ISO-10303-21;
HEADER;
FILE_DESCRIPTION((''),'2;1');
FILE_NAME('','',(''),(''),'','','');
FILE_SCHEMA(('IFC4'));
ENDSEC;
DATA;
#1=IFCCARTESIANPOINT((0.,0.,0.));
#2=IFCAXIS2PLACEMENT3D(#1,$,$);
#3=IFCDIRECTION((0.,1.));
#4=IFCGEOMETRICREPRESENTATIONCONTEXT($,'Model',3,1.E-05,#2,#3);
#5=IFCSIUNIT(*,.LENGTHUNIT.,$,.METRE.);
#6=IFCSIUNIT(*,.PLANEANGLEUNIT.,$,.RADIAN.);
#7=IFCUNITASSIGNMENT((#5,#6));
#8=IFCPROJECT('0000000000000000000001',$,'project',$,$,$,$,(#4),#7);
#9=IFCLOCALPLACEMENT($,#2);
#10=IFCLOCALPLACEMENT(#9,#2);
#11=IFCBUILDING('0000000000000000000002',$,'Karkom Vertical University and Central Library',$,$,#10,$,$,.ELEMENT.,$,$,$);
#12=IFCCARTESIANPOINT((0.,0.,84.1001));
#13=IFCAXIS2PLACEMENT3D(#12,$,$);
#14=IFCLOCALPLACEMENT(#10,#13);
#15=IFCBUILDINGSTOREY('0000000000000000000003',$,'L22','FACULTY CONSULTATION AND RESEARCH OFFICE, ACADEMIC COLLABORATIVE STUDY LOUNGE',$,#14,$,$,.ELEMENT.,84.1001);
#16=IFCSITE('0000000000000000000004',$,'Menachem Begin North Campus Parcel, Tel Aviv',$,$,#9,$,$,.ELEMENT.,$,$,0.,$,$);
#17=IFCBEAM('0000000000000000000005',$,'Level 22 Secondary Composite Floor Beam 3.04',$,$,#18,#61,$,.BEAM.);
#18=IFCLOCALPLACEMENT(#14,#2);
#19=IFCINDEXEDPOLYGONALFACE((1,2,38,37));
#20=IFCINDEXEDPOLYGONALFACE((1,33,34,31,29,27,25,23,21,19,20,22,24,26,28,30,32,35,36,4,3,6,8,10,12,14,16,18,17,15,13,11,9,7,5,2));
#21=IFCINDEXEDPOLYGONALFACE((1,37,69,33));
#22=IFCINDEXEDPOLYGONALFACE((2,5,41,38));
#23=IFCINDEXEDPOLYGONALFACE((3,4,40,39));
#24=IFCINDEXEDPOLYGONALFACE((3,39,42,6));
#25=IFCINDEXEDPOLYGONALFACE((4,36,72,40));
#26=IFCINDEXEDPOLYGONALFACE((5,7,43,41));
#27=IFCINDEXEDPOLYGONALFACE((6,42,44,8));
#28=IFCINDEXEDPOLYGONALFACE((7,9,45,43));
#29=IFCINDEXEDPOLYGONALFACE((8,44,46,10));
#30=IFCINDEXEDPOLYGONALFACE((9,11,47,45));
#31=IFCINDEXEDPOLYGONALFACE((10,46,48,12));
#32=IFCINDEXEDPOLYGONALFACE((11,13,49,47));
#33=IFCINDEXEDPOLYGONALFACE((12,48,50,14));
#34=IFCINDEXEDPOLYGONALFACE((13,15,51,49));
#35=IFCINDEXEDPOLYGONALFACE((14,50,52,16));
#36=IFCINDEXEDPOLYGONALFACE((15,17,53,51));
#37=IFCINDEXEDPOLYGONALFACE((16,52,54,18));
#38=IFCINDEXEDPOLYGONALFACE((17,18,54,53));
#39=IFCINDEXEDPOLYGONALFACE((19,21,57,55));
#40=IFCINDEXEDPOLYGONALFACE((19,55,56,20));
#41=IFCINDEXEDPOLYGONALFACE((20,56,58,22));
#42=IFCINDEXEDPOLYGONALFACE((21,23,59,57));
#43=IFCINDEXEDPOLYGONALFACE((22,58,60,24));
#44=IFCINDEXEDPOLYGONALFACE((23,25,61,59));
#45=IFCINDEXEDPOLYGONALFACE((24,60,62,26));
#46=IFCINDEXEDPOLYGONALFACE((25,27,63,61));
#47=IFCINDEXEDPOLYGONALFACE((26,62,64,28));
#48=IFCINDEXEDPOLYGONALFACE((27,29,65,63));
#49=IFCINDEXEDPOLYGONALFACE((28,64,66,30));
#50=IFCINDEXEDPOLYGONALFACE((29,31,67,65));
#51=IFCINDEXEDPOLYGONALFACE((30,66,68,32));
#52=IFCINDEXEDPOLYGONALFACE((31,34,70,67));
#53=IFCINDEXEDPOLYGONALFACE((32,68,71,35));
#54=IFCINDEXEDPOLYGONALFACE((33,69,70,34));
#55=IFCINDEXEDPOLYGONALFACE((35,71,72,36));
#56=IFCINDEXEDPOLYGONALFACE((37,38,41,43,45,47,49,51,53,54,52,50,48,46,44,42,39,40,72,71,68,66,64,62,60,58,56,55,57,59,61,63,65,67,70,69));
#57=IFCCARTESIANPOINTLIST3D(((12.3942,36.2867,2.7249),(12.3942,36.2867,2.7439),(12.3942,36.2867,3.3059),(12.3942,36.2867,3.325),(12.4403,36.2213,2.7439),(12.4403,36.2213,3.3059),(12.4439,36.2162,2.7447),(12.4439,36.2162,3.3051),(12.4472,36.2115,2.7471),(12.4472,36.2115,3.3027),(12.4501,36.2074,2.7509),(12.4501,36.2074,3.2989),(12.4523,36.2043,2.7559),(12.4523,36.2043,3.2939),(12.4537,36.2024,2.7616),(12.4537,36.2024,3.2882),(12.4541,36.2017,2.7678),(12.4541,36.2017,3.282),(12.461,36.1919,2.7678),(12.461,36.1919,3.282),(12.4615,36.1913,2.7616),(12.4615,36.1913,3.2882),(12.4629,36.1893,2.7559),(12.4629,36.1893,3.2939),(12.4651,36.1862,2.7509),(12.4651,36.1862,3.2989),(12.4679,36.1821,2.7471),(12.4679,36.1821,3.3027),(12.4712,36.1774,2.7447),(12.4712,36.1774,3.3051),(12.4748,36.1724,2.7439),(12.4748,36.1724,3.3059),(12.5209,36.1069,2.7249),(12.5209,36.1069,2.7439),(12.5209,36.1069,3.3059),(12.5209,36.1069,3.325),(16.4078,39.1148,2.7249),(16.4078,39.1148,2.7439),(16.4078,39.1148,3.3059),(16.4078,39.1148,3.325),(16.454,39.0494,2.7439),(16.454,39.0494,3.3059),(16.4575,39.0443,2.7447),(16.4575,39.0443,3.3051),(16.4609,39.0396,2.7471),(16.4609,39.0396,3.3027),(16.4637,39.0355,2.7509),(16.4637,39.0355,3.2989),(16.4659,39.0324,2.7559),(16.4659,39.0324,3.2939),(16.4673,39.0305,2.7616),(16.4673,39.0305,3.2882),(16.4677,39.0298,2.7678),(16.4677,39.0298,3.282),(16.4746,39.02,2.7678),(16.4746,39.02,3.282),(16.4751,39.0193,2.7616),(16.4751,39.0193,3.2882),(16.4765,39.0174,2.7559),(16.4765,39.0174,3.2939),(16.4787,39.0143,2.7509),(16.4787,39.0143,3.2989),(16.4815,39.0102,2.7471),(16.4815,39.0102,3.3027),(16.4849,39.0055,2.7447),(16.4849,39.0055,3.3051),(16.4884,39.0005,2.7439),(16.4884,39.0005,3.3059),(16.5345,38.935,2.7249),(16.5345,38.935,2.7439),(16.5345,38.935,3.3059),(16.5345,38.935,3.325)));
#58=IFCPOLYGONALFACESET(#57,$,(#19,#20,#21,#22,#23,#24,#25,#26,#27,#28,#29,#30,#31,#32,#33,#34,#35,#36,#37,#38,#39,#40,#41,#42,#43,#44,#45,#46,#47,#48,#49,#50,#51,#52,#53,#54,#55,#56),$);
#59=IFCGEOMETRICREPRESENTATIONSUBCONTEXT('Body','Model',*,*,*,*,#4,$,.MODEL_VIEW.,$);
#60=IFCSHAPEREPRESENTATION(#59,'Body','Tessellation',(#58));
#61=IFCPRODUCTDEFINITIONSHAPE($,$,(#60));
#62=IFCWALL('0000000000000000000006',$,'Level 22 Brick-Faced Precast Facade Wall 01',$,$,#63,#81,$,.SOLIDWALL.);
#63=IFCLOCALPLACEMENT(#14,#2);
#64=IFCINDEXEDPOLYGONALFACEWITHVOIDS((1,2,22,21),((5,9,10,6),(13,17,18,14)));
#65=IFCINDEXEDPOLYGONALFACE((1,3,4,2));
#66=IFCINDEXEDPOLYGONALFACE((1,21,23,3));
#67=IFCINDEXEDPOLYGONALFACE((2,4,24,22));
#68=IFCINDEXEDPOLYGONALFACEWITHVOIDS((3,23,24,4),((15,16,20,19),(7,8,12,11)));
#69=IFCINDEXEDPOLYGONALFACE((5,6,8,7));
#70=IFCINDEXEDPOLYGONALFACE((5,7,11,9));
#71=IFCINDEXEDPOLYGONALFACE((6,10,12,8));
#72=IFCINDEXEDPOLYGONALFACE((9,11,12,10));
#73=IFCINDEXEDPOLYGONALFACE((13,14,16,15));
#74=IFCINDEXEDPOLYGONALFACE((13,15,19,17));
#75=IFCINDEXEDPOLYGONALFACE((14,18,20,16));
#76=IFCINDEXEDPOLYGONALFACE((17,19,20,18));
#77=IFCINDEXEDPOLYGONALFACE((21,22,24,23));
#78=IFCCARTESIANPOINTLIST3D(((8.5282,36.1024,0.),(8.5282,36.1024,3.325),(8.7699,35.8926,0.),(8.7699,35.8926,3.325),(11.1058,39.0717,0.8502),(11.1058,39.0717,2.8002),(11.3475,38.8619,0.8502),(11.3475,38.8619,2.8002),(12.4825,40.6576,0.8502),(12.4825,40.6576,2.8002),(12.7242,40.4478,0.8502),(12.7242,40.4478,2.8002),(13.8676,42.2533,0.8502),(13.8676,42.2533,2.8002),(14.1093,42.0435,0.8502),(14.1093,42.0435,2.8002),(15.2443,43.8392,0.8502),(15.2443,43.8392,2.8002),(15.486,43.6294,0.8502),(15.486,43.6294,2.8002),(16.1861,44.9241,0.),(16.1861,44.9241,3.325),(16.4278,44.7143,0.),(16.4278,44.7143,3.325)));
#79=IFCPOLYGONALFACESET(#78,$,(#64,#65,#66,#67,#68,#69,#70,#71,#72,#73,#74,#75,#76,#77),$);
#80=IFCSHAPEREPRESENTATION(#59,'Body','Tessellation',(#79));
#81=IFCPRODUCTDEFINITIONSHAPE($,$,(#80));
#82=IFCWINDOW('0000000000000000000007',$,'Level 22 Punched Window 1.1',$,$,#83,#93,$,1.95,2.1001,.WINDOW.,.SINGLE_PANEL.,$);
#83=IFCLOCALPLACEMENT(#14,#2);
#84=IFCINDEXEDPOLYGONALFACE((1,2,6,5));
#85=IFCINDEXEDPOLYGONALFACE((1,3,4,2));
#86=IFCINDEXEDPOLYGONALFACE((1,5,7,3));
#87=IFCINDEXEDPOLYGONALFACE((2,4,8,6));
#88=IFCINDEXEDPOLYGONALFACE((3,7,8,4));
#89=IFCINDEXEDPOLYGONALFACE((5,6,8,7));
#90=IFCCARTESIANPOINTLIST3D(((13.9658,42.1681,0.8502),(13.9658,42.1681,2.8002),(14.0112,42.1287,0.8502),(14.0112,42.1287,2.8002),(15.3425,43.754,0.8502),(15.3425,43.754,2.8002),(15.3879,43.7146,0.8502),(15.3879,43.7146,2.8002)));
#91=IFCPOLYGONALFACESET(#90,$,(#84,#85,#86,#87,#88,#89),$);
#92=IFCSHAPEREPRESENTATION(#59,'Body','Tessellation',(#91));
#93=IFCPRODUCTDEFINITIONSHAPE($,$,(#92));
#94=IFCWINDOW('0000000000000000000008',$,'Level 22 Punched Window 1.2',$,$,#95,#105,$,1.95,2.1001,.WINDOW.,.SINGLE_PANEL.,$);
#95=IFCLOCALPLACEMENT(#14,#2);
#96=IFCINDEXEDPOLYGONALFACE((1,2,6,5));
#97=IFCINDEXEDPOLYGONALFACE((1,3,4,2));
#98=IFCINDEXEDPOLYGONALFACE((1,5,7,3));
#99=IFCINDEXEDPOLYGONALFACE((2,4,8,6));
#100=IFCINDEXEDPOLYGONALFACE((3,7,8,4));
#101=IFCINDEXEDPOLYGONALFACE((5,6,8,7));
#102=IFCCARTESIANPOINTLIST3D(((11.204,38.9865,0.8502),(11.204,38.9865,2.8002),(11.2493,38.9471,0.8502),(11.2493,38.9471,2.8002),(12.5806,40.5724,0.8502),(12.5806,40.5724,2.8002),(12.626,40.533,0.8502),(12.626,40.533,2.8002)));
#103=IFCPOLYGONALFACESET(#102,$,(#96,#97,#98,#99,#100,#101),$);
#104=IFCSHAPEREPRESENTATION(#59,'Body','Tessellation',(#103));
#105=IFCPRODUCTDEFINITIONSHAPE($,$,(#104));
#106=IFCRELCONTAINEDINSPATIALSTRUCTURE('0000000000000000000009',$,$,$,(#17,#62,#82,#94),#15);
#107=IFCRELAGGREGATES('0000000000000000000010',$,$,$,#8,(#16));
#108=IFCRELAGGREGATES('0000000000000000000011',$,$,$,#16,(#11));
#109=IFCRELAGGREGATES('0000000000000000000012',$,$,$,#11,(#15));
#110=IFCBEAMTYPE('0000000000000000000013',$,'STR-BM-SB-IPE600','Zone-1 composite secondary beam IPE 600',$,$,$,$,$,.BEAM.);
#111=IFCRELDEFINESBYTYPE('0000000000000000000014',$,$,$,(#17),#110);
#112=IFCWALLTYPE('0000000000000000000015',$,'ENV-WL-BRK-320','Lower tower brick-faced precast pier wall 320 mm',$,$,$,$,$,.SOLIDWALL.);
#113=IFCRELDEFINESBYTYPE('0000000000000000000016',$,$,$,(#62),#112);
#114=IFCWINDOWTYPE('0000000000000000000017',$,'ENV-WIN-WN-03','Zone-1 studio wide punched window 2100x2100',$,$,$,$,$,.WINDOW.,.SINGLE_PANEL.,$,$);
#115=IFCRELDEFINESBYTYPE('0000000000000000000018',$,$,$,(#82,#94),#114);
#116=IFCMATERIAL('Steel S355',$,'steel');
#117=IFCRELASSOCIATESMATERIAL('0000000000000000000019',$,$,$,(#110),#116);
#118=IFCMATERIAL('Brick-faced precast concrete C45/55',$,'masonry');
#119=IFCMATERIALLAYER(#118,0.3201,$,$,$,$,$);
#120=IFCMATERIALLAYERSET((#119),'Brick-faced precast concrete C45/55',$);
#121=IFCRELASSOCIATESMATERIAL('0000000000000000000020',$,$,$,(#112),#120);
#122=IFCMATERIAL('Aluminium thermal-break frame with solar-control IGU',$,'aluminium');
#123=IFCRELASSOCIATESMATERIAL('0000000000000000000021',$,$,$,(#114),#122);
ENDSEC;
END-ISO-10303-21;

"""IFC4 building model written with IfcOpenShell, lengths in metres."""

from ifc_helpers import new_model, si_unit, direction, frame, frame_2d, origin, origin_with_axes, origin_2d, place, context, subcontext, project, spatial, rectangle, i_section, extrude, source, transform, mapped, material, layer, layer_set, material_profile, profile_set, type_object, element, fill, save


model = new_model("IFC4")

# Units and contexts
model_context = context("Model", 3, precision=1e-05, world=origin(), true_north=direction((0.0, 1.0)))
body_context = subcontext(model_context, "Body", "Model", "MODEL_VIEW")
ifc_project = project(units=[si_unit("LENGTHUNIT", "METRE"), si_unit("PLANEANGLEUNIT", "RADIAN")], contexts=[model_context])

# Site, building, storey
site_placement = place(None, origin())
site = spatial("IfcSite", under=ifc_project, at=site_placement, Name="Menachem Begin North Campus Parcel, Tel Aviv", CompositionType="ELEMENT", RefElevation=0.0)
building_placement = place(site_placement, origin())
building = spatial("IfcBuilding", under=site, at=building_placement, Name="Karkom Vertical University and Central Library", CompositionType="ELEMENT")
storey_placement = place(building_placement, frame((0.0, 0.0, 84.1001)))
storey = spatial("IfcBuildingStorey", under=building, at=storey_placement, Name="L22", Description="FACULTY CONSULTATION AND RESEARCH OFFICE, ACADEMIC COLLABORATIVE STUDY LOUNGE", CompositionType="ELEMENT", Elevation=84.1001)

# Beam
ifc_material_1 = material(Name="Steel S355", Category="steel")
ifc_material_profile_1 = material_profile(ifc_material_1, i_section(OverallWidth=0.22, OverallDepth=0.6001, WebThickness=0.012, FlangeThickness=0.019, FilletRadius=0.0239, at=origin_2d()), Name="IPE 600")
ifc_profile_set_1 = profile_set([ifc_material_profile_1], Name="Steel S355")
beam_type_1 = type_object("IfcBeamType", Name="STR-BM-SB-IPE600", Description="Zone-1 composite secondary beam IPE 600", PredefinedType="BEAM", material=ifc_profile_set_1)
shared_shape_1 = source(origin_with_axes(), body_context, "Body", "SweptSolid", [
    extrude(i_section(OverallWidth=0.22, OverallDepth=0.6001, WebThickness=0.012, FlangeThickness=0.019, FilletRadius=0.0239, at=origin_2d()), origin(), (0.0, 0.0, 1.0), 4.9099),
])
beam_1_placement = place(storey_placement, frame((16.4712, 39.0249, 3.0249), z_axis=(-0.817453, -0.575996, 0.0), x_axis=(0.575996, -0.817453, 0.0)))
element("IfcBeam", 1, at=beam_1_placement, inside=storey, type_object=beam_type_1, Name="Level 22 Secondary Composite Floor Beam 3.04", PredefinedType="BEAM", context=body_context, shape_type="MappedRepresentation", body=[
    mapped(shared_shape_1, transform((0.0, 0.0, 0.0), scale=1.0)),
])

# Wall, openings, windows
ifc_material_2 = material(Name="Brick-faced precast concrete C45/55", Category="masonry")
ifc_layer = layer(ifc_material_2, 0.3201)
ifc_layer_set = layer_set([ifc_layer], Name="Brick-faced precast concrete C45/55")
wall_type = type_object("IfcWallType", Name="ENV-WL-BRK-320", Description="Lower tower brick-faced precast pier wall 320 mm", PredefinedType="SOLIDWALL", material=ifc_layer_set)
wall_placement = place(storey_placement, frame((16.3069, 44.8191, 0.0), z_axis=(0.0, 0.0, 1.0), x_axis=(-0.655537, -0.755163, 0.0)))
wall = element("IfcWall", 2, at=wall_placement, inside=storey, type_object=wall_type, Name="Level 22 Brick-Faced Precast Facade Wall 01", PredefinedType="SOLIDWALL", context=body_context, shape_type="SweptSolid", body=[
    extrude(rectangle(XDim=11.6819, YDim=0.3201, at=frame_2d((5.8408, 0.0))), origin(), (0.0, 0.0, 1.0), 3.325),
])
opening_1_placement = place(wall_placement, frame((1.4365, 0.0, 0.8501)))
opening_1 = element("IfcOpeningElement", 3, at=opening_1_placement, cuts=wall, PredefinedType="OPENING", context=body_context, shape_type="SweptSolid", body=[
    extrude(rectangle(XDim=2.1001, YDim=1.95, at=frame_2d((1.05, 0.9751))), frame((0.0, 0.1699, 0.0), z_axis=(0.0, -1.0, 0.0), x_axis=(1.0, 0.0, 0.0)), (0.0, 0.0, 1.0), 0.3401),
])
opening_2_placement = place(wall_placement, frame((5.6497, 0.0, 0.8501)))
opening_2 = element("IfcOpeningElement", 4, at=opening_2_placement, cuts=wall, PredefinedType="OPENING", context=body_context, shape_type="SweptSolid", body=[
    extrude(rectangle(XDim=2.1001, YDim=1.95, at=frame_2d((1.05, 0.9751))), frame((0.0, 0.1699, 0.0), z_axis=(0.0, -1.0, 0.0), x_axis=(1.0, 0.0, 0.0)), (0.0, 0.0, 1.0), 0.3401),
])
ifc_material_3 = material(Name="Aluminium thermal-break frame with solar-control IGU", Category="aluminium")
window_type = type_object("IfcWindowType", Name="ENV-WIN-WN-03", Description="Zone-1 studio wide punched window 2100x2100", PartitioningType="SINGLE_PANEL", PredefinedType="WINDOW", material=ifc_material_3)
shared_shape_2 = source(origin_with_axes(), body_context, "Body", "SweptSolid", [
    extrude(rectangle(XDim=2.1001, YDim=1.95, at=frame_2d((1.05, 0.9751))), frame((0.0, 0.03, 0.0), z_axis=(0.0, -1.0, 0.0), x_axis=(1.0, 0.0, 0.0)), (0.0, 0.0, 1.0), 0.0601),
])
window_1_placement = place(opening_1_placement, origin())
window_1 = element("IfcWindow", 5, at=window_1_placement, inside=storey, type_object=window_type, Name="Level 22 Punched Window 1.1", OverallHeight=1.95, OverallWidth=2.1001, PartitioningType="SINGLE_PANEL", PredefinedType="WINDOW", context=body_context, shape_type="MappedRepresentation", body=[
    mapped(shared_shape_2, transform((0.0, 0.0, 0.0), scale=1.0)),
])
fill(opening_1, window_1)
window_2_placement = place(opening_2_placement, origin())
window_2 = element("IfcWindow", 6, at=window_2_placement, inside=storey, type_object=window_type, Name="Level 22 Punched Window 1.2", OverallHeight=1.95, OverallWidth=2.1001, PartitioningType="SINGLE_PANEL", PredefinedType="WINDOW", context=body_context, shape_type="MappedRepresentation", body=[
    mapped(shared_shape_2, transform((0.0, 0.0, 0.0), scale=1.0)),
])
fill(opening_2, window_2)

save(model, "model.ifc")
